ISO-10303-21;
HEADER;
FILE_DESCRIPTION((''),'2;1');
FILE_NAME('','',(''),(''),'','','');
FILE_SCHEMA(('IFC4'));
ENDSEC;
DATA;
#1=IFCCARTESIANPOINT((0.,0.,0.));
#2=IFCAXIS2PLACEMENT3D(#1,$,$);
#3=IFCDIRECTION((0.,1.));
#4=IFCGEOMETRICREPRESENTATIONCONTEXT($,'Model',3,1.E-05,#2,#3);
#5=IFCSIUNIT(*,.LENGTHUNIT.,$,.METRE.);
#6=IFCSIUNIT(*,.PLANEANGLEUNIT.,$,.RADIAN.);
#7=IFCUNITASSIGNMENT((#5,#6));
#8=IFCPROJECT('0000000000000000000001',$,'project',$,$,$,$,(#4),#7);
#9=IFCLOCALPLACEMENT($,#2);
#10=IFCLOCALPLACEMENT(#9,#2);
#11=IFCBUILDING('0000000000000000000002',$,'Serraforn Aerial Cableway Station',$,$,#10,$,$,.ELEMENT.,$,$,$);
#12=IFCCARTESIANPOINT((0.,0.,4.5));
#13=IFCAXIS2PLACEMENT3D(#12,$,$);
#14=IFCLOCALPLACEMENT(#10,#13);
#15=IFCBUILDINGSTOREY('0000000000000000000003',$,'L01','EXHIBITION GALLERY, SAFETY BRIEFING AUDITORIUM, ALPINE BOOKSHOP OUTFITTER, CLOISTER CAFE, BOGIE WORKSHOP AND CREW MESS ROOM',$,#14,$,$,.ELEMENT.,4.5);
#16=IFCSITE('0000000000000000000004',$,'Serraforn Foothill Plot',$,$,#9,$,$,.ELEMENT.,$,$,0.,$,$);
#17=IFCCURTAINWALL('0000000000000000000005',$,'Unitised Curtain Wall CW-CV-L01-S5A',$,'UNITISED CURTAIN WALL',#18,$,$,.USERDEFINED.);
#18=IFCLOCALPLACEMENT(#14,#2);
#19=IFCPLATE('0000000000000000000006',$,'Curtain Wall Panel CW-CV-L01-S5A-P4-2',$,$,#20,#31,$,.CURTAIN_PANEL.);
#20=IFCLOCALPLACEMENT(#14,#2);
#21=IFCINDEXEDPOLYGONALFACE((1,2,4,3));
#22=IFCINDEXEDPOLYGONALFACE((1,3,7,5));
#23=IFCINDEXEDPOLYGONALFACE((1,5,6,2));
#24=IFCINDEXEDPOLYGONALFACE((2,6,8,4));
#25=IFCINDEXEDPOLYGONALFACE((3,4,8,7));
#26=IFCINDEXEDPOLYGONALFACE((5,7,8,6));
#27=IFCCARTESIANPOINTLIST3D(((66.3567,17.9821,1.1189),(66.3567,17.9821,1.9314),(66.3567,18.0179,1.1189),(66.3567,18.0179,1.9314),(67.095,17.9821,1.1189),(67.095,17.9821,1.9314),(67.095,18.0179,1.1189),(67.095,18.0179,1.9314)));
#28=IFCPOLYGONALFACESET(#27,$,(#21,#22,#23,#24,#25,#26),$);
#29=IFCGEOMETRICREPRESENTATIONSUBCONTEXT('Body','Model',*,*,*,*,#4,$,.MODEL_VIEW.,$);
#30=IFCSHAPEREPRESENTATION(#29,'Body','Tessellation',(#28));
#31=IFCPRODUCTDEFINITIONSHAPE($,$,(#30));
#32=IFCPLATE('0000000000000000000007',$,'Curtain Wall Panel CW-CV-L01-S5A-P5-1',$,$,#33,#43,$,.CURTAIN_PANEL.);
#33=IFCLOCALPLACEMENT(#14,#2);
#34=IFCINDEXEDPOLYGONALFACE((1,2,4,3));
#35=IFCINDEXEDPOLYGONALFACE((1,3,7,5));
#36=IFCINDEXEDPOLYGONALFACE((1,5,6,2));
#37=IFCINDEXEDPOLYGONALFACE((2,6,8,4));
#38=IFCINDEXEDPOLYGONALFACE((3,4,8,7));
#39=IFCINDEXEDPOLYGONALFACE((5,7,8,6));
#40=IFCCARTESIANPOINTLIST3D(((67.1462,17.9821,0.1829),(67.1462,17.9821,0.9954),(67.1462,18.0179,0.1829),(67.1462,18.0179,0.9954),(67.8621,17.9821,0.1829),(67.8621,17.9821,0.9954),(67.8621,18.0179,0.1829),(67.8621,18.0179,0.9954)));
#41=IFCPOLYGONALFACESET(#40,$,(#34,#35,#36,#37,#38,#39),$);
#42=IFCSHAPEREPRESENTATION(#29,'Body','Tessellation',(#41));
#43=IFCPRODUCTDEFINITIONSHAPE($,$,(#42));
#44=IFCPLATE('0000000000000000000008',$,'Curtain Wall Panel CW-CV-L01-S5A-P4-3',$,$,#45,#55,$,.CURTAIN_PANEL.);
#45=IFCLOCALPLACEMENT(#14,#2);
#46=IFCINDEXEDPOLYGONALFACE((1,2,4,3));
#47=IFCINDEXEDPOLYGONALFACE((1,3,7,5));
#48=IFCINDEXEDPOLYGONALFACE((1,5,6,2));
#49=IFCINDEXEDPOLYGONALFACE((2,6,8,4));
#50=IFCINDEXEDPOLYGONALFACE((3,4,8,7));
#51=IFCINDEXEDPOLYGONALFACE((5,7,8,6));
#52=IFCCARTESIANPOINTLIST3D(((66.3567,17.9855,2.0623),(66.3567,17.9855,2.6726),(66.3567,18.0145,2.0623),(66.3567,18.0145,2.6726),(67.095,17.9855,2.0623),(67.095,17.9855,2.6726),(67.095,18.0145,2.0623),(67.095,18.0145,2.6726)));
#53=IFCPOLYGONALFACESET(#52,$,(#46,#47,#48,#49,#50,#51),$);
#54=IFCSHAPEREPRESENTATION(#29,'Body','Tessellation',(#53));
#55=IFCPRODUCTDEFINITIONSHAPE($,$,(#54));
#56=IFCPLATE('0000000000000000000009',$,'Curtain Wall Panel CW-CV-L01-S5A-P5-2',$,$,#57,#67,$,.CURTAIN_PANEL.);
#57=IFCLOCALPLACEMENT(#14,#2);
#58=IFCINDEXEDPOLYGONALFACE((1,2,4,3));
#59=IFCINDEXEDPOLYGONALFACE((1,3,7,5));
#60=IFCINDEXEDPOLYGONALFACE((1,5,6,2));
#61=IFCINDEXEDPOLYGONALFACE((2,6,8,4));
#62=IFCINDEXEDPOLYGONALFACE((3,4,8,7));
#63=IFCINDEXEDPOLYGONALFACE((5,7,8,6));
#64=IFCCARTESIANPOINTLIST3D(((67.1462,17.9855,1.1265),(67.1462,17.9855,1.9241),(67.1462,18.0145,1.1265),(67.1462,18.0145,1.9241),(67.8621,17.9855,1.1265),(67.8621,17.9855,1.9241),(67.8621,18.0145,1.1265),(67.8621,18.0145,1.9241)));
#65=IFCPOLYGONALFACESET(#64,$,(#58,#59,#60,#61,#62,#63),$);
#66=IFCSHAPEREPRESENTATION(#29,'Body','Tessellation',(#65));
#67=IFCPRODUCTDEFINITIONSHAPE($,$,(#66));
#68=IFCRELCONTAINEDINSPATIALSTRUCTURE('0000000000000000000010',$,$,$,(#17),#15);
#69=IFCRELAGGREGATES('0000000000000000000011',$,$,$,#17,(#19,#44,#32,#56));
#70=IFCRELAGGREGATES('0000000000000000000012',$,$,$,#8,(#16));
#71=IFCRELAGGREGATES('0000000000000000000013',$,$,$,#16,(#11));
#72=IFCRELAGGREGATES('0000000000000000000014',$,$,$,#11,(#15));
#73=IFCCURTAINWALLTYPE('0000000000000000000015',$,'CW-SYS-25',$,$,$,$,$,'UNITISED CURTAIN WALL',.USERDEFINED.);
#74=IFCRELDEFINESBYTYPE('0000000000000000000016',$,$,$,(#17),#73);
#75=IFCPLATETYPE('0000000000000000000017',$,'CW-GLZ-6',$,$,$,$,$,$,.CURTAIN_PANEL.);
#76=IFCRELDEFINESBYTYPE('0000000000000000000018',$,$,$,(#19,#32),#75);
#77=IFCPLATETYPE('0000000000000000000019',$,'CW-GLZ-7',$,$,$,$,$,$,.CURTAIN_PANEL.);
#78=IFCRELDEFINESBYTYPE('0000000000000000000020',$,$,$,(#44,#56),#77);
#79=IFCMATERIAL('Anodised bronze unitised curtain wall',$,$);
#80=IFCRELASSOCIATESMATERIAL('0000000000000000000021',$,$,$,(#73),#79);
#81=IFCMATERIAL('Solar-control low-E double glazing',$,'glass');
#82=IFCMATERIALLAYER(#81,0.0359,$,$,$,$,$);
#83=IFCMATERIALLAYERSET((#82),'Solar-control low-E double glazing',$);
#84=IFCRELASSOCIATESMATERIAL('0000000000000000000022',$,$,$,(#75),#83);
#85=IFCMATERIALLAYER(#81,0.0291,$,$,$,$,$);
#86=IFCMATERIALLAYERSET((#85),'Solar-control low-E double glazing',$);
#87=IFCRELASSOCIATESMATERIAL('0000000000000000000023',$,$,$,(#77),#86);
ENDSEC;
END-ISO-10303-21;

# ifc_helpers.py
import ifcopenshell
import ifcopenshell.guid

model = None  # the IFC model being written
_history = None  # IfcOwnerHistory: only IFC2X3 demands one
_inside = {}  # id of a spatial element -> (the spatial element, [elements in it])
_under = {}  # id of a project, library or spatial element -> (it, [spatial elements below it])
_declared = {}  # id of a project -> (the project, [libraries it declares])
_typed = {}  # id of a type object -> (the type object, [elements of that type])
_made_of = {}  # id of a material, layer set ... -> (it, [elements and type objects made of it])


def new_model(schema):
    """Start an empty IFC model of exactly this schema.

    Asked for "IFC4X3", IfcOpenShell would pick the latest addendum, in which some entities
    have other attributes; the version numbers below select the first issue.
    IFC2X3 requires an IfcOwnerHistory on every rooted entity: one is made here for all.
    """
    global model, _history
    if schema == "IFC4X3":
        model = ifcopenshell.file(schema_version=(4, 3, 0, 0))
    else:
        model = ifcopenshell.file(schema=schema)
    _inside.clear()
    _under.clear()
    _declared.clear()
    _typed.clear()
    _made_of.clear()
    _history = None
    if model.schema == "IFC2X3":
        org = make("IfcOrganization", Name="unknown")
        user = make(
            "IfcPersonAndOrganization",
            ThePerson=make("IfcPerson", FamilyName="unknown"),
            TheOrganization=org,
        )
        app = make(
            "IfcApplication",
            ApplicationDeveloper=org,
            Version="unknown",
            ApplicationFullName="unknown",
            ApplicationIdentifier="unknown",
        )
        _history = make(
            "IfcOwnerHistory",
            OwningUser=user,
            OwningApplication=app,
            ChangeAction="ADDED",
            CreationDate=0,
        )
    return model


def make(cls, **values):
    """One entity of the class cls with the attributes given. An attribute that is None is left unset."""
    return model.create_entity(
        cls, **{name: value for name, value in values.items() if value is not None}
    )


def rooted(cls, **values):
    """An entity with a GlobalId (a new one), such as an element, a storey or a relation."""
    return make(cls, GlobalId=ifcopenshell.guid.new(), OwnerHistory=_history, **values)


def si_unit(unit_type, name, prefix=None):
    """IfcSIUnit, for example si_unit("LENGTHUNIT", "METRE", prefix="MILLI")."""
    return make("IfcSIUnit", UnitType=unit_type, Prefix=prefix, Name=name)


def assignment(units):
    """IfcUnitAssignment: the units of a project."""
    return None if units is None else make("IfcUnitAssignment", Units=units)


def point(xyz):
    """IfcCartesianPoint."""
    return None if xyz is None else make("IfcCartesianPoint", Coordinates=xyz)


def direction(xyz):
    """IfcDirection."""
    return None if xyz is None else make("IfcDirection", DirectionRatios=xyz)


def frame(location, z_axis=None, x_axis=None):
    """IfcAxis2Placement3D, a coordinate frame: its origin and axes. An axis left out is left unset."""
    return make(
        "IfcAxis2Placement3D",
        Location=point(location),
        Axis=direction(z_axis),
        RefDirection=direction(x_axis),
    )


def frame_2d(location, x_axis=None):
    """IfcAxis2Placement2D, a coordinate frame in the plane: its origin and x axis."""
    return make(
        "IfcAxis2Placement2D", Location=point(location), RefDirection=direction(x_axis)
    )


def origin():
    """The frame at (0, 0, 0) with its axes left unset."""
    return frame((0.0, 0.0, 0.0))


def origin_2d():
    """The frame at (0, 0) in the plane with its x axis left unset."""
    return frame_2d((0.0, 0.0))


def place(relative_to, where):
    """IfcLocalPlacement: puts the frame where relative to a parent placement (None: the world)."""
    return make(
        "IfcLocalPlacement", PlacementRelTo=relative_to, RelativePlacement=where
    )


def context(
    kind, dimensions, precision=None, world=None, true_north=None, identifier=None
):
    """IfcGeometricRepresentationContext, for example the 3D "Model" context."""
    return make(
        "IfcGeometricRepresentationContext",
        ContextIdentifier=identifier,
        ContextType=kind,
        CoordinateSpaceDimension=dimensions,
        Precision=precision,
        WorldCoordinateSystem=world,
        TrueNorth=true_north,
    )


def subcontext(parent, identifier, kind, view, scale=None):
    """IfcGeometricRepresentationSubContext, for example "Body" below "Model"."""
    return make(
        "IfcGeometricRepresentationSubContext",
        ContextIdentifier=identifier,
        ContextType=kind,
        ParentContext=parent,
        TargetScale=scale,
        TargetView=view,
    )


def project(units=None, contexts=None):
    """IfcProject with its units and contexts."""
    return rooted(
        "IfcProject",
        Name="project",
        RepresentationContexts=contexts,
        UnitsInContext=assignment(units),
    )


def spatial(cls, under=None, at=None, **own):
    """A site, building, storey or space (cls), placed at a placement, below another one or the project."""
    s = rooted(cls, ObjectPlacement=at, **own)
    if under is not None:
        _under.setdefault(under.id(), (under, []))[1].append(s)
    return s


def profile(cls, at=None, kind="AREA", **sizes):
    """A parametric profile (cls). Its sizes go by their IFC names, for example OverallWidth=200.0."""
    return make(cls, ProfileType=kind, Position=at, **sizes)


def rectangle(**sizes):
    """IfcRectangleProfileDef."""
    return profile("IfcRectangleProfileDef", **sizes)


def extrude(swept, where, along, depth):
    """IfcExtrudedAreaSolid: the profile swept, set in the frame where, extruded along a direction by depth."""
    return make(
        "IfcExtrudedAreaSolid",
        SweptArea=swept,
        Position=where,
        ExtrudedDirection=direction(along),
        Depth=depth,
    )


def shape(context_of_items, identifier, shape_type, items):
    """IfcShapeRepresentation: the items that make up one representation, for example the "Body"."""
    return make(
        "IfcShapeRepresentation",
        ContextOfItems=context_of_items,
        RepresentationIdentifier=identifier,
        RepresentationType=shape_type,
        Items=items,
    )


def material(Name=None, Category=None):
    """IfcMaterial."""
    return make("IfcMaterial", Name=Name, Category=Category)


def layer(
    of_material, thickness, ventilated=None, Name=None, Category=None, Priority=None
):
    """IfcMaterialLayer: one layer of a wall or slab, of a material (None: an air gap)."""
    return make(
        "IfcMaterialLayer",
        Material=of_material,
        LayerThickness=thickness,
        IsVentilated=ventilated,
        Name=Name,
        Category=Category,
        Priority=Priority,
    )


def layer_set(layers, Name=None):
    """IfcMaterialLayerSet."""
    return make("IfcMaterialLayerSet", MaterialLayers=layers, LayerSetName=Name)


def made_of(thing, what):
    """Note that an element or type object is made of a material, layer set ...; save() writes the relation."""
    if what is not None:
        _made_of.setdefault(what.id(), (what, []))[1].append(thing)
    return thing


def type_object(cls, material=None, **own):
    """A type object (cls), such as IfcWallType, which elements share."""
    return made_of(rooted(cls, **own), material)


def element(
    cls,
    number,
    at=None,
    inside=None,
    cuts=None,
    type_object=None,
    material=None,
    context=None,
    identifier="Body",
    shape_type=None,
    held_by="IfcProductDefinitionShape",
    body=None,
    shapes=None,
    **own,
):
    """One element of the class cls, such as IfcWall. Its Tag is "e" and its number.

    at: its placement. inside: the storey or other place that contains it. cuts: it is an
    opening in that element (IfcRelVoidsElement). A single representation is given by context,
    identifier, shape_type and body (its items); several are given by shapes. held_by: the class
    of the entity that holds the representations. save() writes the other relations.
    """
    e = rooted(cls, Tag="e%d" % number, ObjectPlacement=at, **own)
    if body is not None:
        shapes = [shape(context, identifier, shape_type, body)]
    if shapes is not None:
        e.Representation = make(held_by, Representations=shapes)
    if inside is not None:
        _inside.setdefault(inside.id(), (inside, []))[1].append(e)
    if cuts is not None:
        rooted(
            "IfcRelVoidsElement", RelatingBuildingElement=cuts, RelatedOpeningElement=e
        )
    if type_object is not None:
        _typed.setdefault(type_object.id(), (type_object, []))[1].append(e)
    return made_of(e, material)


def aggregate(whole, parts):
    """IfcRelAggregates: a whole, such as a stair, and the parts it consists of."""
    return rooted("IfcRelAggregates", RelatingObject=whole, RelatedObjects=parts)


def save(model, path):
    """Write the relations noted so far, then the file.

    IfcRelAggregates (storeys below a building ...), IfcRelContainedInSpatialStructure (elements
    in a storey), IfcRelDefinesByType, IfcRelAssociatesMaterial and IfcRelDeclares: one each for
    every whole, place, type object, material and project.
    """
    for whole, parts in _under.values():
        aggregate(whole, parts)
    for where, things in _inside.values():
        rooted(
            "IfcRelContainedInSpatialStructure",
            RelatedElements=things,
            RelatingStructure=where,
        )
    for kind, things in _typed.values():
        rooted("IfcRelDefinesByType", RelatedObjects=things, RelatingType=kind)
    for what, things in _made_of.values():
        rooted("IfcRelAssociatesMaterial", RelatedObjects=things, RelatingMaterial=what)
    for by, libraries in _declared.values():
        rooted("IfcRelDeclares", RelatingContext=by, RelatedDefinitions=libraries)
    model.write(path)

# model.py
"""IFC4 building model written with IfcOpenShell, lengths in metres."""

from ifc_helpers import new_model, si_unit, direction, frame, origin, origin_2d, place, context, subcontext, project, spatial, rectangle, extrude, material, layer, layer_set, type_object, element, aggregate, save


model = new_model("IFC4")

# Units and contexts
model_context = context("Model", 3, precision=1e-05, world=origin(), true_north=direction((0.0, 1.0)))
body_context = subcontext(model_context, "Body", "Model", "MODEL_VIEW")
ifc_project = project(units=[si_unit("LENGTHUNIT", "METRE"), si_unit("PLANEANGLEUNIT", "RADIAN")], contexts=[model_context])

# Site, building, storey
site_placement = place(None, origin())
site = spatial("IfcSite", under=ifc_project, at=site_placement, Name="Serraforn Foothill Plot", CompositionType="ELEMENT", RefElevation=0.0)
building_placement = place(site_placement, origin())
building = spatial("IfcBuilding", under=site, at=building_placement, Name="Serraforn Aerial Cableway Station", CompositionType="ELEMENT")
storey_placement = place(building_placement, frame((0.0, 0.0, 4.5)))
storey = spatial("IfcBuildingStorey", under=building, at=storey_placement, Name="L01", Description="EXHIBITION GALLERY, SAFETY BRIEFING AUDITORIUM, ALPINE BOOKSHOP OUTFITTER, CLOISTER CAFE, BOGIE WORKSHOP AND CREW MESS ROOM", CompositionType="ELEMENT", Elevation=4.5)

# Curtain wall, plates
ifc_material_1 = material(Name="Anodised bronze unitised curtain wall")
curtain_wall_type = type_object("IfcCurtainWallType", Name="CW-SYS-25", ElementType="UNITISED CURTAIN WALL", PredefinedType="USERDEFINED", material=ifc_material_1)
curtain_wall_placement = place(storey_placement, origin())
curtain_wall = element("IfcCurtainWall", 1, at=curtain_wall_placement, inside=storey, type_object=curtain_wall_type, Name="Unitised Curtain Wall CW-CV-L01-S5A", ObjectType="UNITISED CURTAIN WALL", PredefinedType="USERDEFINED")
ifc_material_2 = material(Name="Solar-control low-E double glazing", Category="glass")
ifc_layer_1 = layer(ifc_material_2, 0.0359)
ifc_layer_set_1 = layer_set([ifc_layer_1], Name="Solar-control low-E double glazing")
plate_type_1 = type_object("IfcPlateType", Name="CW-GLZ-6", PredefinedType="CURTAIN_PANEL", material=ifc_layer_set_1)
plate_1_placement = place(storey_placement, frame((66.7258, 18.0, 1.1189), z_axis=(0.0, 0.0, 1.0), x_axis=(1.0, 0.0, 0.0)))
plate_1 = element("IfcPlate", 2, at=plate_1_placement, type_object=plate_type_1, Name="Curtain Wall Panel CW-CV-L01-S5A-P4-2", PredefinedType="CURTAIN_PANEL", context=body_context, shape_type="SweptSolid", body=[
    extrude(rectangle(XDim=0.7383, YDim=0.0359, at=origin_2d()), origin(), (0.0, 0.0, 1.0), 0.8125),
])
plate_2_placement = place(storey_placement, frame((67.5042, 18.0, 0.1829), z_axis=(0.0, 0.0, 1.0), x_axis=(1.0, 0.0, 0.0)))
plate_2 = element("IfcPlate", 3, at=plate_2_placement, type_object=plate_type_1, Name="Curtain Wall Panel CW-CV-L01-S5A-P5-1", PredefinedType="CURTAIN_PANEL", context=body_context, shape_type="SweptSolid", body=[
    extrude(rectangle(XDim=0.7158, YDim=0.0359, at=origin_2d()), origin(), (0.0, 0.0, 1.0), 0.8125),
])
ifc_layer_2 = layer(ifc_material_2, 0.0291)
ifc_layer_set_2 = layer_set([ifc_layer_2], Name="Solar-control low-E double glazing")
plate_type_2 = type_object("IfcPlateType", Name="CW-GLZ-7", PredefinedType="CURTAIN_PANEL", material=ifc_layer_set_2)
plate_3_placement = place(storey_placement, frame((66.7258, 18.0, 2.0623), z_axis=(0.0, 0.0, 1.0), x_axis=(1.0, 0.0, 0.0)))
plate_3 = element("IfcPlate", 4, at=plate_3_placement, type_object=plate_type_2, Name="Curtain Wall Panel CW-CV-L01-S5A-P4-3", PredefinedType="CURTAIN_PANEL", context=body_context, shape_type="SweptSolid", body=[
    extrude(rectangle(XDim=0.7383, YDim=0.0291, at=origin_2d()), origin(), (0.0, 0.0, 1.0), 0.6104),
])
plate_4_placement = place(storey_placement, frame((67.5042, 18.0, 1.1265), z_axis=(0.0, 0.0, 1.0), x_axis=(1.0, 0.0, 0.0)))
plate_4 = element("IfcPlate", 5, at=plate_4_placement, type_object=plate_type_2, Name="Curtain Wall Panel CW-CV-L01-S5A-P5-2", PredefinedType="CURTAIN_PANEL", context=body_context, shape_type="SweptSolid", body=[
    extrude(rectangle(XDim=0.7158, YDim=0.0291, at=origin_2d()), origin(), (0.0, 0.0, 1.0), 0.7976),
])
aggregate(curtain_wall, [plate_1, plate_3, plate_2, plate_4])

save(model, "model.ifc")
